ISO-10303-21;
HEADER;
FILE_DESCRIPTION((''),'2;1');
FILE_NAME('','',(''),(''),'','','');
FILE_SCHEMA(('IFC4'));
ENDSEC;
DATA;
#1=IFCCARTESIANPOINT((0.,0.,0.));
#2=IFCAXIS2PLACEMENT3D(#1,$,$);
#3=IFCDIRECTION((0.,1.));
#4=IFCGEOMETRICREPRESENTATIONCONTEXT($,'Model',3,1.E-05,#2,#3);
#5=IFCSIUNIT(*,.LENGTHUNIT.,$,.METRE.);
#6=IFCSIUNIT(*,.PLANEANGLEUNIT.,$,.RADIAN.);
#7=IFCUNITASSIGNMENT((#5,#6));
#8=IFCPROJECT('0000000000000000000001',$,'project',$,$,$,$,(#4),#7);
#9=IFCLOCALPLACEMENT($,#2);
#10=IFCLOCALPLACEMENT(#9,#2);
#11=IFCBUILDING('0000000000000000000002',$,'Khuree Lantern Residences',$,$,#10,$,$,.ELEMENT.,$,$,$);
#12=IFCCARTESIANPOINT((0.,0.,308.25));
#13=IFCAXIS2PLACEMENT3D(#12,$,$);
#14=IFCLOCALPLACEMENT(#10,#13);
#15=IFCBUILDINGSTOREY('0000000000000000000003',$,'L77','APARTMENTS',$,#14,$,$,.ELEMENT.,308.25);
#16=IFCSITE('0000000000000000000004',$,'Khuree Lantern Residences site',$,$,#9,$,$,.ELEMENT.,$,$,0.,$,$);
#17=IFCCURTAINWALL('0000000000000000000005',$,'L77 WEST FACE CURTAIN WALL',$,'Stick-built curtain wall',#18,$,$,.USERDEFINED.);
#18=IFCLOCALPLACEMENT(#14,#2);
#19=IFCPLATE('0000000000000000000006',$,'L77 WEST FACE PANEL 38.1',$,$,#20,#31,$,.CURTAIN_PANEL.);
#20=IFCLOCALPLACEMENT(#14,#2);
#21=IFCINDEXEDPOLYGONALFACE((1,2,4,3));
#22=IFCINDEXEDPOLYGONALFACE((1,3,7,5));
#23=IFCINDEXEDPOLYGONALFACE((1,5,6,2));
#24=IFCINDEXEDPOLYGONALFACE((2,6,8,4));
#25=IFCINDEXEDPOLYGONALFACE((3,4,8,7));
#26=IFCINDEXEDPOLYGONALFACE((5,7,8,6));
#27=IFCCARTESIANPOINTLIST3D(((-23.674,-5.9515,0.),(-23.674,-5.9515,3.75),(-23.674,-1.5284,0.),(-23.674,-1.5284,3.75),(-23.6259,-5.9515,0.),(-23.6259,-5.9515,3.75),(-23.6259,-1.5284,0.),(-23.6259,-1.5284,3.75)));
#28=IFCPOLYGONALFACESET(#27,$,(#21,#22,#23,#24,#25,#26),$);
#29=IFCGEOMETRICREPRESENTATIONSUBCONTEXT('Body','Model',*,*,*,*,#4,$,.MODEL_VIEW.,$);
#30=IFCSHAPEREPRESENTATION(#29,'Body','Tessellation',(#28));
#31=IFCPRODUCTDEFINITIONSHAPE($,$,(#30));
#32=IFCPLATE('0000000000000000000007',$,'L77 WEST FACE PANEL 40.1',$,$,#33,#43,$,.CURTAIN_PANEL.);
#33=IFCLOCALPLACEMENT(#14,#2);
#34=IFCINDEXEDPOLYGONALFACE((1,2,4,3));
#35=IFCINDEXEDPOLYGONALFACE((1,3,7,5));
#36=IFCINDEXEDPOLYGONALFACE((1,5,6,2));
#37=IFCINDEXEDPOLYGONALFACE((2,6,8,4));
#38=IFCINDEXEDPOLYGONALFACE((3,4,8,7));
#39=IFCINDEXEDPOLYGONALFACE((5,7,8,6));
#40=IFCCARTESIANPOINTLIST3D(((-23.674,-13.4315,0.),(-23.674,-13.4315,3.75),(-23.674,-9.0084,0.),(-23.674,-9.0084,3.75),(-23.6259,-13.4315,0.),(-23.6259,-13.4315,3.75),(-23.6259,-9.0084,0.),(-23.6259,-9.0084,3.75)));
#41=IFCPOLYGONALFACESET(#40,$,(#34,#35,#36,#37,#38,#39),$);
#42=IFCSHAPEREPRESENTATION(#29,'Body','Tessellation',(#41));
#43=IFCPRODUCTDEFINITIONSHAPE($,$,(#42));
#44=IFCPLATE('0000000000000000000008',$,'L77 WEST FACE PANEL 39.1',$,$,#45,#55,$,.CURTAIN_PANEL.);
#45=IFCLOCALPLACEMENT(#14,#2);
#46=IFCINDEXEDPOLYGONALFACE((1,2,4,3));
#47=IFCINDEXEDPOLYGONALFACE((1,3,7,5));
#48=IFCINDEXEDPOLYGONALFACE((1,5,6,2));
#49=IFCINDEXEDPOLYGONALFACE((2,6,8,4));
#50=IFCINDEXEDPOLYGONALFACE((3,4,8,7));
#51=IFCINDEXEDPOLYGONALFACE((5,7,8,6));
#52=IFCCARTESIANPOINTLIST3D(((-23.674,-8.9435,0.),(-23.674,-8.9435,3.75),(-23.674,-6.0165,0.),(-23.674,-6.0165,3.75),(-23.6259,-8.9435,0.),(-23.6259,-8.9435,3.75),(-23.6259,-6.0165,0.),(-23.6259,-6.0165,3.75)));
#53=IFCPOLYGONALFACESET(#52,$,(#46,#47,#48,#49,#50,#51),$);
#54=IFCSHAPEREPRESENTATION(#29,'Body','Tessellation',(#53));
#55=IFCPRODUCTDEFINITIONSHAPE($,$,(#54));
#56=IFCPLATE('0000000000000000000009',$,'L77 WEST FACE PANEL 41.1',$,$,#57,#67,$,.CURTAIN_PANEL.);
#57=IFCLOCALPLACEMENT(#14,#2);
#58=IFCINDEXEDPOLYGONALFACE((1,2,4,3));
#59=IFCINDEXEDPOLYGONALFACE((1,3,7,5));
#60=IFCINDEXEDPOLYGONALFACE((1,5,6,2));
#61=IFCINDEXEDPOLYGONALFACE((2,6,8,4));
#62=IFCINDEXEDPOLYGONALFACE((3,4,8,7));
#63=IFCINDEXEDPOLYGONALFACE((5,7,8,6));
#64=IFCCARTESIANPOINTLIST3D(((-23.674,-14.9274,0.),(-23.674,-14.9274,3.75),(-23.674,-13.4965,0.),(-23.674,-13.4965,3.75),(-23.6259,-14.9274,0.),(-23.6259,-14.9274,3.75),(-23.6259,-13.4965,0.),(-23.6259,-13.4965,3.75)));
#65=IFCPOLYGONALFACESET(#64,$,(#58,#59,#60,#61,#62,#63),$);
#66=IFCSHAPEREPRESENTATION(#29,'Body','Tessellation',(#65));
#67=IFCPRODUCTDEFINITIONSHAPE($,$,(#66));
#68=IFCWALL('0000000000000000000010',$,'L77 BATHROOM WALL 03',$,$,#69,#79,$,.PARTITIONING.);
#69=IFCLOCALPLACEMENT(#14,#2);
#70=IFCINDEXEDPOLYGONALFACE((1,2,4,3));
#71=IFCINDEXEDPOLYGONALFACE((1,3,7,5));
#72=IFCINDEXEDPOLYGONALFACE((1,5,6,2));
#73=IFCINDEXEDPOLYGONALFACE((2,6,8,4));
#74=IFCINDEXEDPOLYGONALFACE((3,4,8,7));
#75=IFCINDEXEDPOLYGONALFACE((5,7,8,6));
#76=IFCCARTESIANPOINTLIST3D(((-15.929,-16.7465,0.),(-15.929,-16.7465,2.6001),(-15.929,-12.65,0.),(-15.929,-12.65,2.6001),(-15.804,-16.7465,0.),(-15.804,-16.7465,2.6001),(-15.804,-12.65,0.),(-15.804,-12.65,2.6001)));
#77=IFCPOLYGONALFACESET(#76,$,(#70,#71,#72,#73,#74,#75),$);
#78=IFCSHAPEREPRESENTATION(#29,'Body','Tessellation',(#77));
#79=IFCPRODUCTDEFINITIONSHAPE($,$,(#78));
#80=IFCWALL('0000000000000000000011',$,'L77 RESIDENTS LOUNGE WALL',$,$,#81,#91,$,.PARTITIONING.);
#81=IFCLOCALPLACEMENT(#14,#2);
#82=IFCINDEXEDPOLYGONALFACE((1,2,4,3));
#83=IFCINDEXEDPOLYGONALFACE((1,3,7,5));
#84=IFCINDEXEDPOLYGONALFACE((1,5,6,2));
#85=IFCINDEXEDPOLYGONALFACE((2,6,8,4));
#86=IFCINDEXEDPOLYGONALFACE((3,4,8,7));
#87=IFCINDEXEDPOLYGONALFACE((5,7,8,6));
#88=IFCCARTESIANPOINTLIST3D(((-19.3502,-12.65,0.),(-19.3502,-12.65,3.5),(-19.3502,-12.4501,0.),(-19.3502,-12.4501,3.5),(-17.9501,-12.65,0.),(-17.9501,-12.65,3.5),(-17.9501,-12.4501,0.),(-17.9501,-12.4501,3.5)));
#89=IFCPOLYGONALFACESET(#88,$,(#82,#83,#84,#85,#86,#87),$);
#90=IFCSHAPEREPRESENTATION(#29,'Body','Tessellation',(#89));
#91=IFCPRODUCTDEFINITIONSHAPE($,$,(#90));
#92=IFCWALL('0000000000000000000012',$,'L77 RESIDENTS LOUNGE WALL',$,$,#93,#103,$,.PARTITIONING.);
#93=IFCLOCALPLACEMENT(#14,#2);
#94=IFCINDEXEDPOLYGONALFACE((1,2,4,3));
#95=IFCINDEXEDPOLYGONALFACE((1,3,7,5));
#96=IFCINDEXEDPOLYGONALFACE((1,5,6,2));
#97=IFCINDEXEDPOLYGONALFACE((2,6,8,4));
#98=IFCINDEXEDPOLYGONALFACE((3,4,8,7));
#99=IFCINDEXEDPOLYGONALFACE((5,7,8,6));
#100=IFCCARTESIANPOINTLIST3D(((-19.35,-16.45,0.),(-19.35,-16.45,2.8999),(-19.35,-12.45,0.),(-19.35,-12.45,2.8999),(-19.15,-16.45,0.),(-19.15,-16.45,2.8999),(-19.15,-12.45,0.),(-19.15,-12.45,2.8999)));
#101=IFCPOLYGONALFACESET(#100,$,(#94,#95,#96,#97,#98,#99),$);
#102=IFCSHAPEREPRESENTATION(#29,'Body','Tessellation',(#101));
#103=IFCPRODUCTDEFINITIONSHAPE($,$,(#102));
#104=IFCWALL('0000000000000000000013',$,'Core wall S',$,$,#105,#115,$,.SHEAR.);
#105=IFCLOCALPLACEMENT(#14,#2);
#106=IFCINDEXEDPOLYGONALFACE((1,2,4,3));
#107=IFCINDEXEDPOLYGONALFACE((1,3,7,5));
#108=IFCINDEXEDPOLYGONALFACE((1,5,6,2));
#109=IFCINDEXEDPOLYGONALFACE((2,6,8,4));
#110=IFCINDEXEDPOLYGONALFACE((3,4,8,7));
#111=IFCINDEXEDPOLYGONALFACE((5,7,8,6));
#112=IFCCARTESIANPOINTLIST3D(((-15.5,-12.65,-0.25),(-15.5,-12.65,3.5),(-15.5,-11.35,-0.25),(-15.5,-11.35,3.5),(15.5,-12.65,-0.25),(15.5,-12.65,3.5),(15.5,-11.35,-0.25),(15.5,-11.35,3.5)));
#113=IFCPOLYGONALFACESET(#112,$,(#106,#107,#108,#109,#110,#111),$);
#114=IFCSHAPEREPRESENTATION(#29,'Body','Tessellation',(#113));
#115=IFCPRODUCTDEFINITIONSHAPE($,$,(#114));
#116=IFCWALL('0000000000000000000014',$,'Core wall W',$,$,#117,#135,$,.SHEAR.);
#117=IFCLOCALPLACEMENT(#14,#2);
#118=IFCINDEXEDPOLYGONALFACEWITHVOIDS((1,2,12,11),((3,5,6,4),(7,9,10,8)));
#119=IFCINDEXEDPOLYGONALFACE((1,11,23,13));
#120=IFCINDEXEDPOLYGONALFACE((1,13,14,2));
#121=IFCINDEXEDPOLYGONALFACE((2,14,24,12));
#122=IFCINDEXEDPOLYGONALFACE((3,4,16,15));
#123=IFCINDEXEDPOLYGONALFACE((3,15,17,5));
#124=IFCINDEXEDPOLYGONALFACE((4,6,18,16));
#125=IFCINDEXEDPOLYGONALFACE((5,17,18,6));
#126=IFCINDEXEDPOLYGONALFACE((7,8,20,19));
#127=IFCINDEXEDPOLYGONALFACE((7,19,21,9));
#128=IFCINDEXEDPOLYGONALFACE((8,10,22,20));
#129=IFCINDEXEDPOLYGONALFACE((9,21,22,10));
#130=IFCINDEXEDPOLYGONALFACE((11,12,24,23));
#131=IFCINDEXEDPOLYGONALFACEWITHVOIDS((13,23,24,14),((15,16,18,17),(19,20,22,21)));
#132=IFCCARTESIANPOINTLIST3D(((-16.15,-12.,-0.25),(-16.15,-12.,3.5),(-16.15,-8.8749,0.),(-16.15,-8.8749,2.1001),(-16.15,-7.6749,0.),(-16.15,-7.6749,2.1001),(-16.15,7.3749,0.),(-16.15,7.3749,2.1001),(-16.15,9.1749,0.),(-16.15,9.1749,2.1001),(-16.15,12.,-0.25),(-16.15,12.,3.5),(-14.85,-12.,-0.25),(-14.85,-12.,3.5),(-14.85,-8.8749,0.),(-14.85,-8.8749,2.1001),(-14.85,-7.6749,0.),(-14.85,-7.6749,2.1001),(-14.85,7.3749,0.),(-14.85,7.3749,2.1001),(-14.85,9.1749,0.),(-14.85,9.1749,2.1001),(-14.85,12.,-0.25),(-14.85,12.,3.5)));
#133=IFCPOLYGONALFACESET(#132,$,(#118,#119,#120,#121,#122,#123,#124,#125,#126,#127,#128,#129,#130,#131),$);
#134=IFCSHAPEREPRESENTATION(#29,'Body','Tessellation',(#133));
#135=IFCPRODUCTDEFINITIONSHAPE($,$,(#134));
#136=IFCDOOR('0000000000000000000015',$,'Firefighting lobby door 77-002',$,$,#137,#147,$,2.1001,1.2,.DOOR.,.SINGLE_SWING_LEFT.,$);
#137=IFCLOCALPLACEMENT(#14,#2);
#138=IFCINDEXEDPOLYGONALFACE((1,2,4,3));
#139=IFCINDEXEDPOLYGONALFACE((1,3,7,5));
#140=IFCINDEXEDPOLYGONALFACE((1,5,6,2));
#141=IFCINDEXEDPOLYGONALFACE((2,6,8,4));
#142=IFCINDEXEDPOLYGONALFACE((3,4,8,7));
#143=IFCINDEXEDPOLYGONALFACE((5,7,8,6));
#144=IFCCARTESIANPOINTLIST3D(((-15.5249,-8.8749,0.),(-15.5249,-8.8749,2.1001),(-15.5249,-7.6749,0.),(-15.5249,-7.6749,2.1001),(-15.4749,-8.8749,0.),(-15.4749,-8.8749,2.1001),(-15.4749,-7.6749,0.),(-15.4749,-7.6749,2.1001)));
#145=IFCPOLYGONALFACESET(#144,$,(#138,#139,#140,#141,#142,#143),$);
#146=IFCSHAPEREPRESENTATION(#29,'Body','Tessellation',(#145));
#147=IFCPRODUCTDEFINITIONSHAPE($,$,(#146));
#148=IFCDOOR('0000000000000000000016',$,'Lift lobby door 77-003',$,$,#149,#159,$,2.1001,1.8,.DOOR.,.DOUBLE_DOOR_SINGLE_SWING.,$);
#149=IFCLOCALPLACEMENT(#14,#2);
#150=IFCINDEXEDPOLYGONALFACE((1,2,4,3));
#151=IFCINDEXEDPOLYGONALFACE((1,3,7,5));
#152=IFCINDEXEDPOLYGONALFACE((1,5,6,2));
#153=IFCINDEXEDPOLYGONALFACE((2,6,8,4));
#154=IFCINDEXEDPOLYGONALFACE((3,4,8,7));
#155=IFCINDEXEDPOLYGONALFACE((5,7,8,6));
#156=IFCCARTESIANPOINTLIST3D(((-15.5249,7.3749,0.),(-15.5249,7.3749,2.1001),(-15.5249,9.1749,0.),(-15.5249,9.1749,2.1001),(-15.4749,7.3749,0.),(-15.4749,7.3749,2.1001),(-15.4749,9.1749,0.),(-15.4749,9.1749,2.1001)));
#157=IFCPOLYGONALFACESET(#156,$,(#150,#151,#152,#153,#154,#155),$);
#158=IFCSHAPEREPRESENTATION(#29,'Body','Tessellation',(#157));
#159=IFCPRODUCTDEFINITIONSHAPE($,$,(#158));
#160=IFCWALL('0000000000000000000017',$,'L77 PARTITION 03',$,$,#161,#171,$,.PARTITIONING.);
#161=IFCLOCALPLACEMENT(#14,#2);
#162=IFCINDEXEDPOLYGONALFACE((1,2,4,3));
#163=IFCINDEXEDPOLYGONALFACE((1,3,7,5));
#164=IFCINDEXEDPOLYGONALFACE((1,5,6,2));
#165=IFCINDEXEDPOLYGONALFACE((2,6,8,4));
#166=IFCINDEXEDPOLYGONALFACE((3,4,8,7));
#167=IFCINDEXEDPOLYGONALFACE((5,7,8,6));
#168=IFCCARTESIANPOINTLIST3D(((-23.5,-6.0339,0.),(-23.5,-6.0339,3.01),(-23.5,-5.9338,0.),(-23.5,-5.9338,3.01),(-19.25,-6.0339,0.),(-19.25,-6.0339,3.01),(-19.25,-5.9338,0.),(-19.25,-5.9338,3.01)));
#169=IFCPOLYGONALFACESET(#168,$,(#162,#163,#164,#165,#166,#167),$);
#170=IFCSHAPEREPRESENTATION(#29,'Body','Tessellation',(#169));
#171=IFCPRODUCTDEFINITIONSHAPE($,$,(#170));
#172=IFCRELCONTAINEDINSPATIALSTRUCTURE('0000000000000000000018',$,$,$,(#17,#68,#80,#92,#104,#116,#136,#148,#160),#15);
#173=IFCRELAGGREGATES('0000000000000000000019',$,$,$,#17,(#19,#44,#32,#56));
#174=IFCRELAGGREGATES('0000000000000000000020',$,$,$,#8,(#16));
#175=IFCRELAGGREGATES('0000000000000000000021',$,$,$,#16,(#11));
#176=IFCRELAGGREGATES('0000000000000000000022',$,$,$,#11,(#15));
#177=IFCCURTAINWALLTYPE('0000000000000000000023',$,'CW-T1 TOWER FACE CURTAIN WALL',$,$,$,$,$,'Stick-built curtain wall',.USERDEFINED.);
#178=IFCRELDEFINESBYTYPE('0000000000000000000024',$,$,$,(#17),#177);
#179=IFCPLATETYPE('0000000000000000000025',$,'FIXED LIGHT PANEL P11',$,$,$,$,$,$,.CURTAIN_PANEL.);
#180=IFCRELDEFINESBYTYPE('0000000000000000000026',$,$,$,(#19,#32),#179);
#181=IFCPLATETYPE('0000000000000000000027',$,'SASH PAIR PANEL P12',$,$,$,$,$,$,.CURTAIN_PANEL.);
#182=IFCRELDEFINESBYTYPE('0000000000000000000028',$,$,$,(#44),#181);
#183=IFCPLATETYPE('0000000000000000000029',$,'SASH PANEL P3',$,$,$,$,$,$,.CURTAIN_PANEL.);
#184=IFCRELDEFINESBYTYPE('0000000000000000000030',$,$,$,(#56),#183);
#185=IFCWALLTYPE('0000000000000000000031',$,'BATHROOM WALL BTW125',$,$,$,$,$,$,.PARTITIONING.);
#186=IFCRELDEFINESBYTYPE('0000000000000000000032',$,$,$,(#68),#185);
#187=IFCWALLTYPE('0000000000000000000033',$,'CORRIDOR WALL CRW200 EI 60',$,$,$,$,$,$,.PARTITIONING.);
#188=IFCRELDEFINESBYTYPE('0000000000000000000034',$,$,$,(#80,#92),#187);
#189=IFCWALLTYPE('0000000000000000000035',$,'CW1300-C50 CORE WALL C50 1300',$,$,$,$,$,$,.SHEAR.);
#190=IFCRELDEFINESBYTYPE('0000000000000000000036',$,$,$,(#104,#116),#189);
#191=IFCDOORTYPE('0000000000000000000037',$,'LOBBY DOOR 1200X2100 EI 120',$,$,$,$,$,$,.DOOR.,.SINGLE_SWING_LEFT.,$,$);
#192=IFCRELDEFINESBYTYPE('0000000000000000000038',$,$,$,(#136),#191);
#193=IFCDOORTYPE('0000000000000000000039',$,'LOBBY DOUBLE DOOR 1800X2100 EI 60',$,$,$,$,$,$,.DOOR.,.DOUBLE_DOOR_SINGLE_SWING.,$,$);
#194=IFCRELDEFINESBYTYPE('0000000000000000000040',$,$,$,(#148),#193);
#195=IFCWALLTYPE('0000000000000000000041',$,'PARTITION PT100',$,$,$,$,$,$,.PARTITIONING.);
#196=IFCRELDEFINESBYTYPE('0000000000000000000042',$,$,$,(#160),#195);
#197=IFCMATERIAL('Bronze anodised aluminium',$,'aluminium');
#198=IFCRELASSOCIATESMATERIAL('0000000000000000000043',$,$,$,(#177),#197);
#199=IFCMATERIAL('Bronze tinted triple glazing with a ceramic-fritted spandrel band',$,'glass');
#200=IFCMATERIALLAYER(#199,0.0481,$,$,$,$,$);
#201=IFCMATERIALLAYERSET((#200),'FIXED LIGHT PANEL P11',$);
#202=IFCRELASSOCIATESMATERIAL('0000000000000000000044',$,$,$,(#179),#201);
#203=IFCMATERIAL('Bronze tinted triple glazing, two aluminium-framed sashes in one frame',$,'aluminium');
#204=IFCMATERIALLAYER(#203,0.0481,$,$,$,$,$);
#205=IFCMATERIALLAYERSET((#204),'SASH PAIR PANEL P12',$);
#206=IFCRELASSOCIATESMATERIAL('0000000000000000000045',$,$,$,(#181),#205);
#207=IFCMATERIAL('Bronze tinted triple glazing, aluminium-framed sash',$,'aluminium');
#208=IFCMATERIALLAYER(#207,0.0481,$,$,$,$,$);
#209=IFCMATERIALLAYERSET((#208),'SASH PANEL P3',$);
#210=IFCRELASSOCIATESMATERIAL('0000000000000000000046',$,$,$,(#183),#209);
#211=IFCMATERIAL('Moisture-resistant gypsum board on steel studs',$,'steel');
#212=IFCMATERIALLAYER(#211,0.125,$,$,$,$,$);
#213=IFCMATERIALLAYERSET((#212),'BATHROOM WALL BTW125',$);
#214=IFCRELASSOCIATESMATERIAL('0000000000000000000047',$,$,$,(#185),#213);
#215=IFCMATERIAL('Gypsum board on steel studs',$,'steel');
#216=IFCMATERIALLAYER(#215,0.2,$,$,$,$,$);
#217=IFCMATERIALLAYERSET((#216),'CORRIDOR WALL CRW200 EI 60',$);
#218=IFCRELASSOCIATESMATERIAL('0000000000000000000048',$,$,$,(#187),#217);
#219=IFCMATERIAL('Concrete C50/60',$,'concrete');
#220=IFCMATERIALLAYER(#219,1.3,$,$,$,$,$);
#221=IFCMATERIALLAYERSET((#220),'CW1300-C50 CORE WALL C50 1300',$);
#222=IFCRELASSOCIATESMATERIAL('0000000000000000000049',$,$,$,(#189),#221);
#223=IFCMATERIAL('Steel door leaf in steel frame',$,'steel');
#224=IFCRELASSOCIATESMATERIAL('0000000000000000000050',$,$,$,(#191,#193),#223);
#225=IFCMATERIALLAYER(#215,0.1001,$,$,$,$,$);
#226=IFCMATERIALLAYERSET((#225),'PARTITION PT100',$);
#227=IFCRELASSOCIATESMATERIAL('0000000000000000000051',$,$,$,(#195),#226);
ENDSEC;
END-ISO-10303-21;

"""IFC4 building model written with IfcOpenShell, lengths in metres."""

from ifc_helpers import new_model, si_unit, direction, frame, frame_2d, origin, origin_2d, place, context, subcontext, project, spatial, rectangle, extrude, material, layer, layer_set, type_object, element, fill, aggregate, save


model = new_model("IFC4")

# Units and contexts
model_context = context("Model", 3, precision=1e-05, world=origin(), true_north=direction((0.0, 1.0)))
body_context = subcontext(model_context, "Body", "Model", "MODEL_VIEW")
ifc_project = project(units=[si_unit("LENGTHUNIT", "METRE"), si_unit("PLANEANGLEUNIT", "RADIAN")], contexts=[model_context])

# Site, building, storey
site_placement = place(None, origin())
site = spatial("IfcSite", under=ifc_project, at=site_placement, Name="Khuree Lantern Residences site", CompositionType="ELEMENT", RefElevation=0.0)
building_placement = place(site_placement, origin())
building = spatial("IfcBuilding", under=site, at=building_placement, Name="Khuree Lantern Residences", CompositionType="ELEMENT")
storey_placement = place(building_placement, frame((0.0, 0.0, 308.25)))
storey = spatial("IfcBuildingStorey", under=building, at=storey_placement, Name="L77", Description="APARTMENTS", CompositionType="ELEMENT", Elevation=308.25)

# Shared definitions
ifc_material_1 = material(Name="Concrete C50/60", Category="concrete")

# Curtain wall
ifc_material_2 = material(Name="Bronze anodised aluminium", Category="aluminium")
curtain_wall_type = type_object("IfcCurtainWallType", Name="CW-T1 TOWER FACE CURTAIN WALL", ElementType="Stick-built curtain wall", PredefinedType="USERDEFINED", material=ifc_material_2)
curtain_wall_placement = place(storey_placement, origin())
curtain_wall = element("IfcCurtainWall", 1, at=curtain_wall_placement, inside=storey, type_object=curtain_wall_type, Name="L77 WEST FACE CURTAIN WALL", ObjectType="Stick-built curtain wall", PredefinedType="USERDEFINED")

# Plates
ifc_material_3 = material(Name="Bronze tinted triple glazing with a ceramic-fritted spandrel band", Category="glass")
ifc_layer_1 = layer(ifc_material_3, 0.0481)
ifc_layer_set_1 = layer_set([ifc_layer_1], Name="FIXED LIGHT PANEL P11")
plate_type_1 = type_object("IfcPlateType", Name="FIXED LIGHT PANEL P11", PredefinedType="CURTAIN_PANEL", material=ifc_layer_set_1)
plate_1_placement = place(storey_placement, frame((-23.6499, -3.74, 0.0), z_axis=(0.0, 0.0, 1.0), x_axis=(0.0, -1.0, 0.0)))
plate_1 = element("IfcPlate", 2, at=plate_1_placement, type_object=plate_type_1, Name="L77 WEST FACE PANEL 38.1", PredefinedType="CURTAIN_PANEL", context=body_context, shape_type="SweptSolid", body=[
    extrude(rectangle(XDim=4.4231, YDim=0.0481, at=origin_2d()), origin(), (0.0, 0.0, 1.0), 3.75),
])
plate_2_placement = place(storey_placement, frame((-23.6499, -11.22, 0.0), z_axis=(0.0, 0.0, 1.0), x_axis=(0.0, -1.0, 0.0)))
plate_2 = element("IfcPlate", 3, at=plate_2_placement, type_object=plate_type_1, Name="L77 WEST FACE PANEL 40.1", PredefinedType="CURTAIN_PANEL", context=body_context, shape_type="SweptSolid", body=[
    extrude(rectangle(XDim=4.4231, YDim=0.0481, at=origin_2d()), origin(), (0.0, 0.0, 1.0), 3.75),
])
ifc_material_4 = material(Name="Bronze tinted triple glazing, two aluminium-framed sashes in one frame", Category="aluminium")
ifc_layer_2 = layer(ifc_material_4, 0.0481)
ifc_layer_set_2 = layer_set([ifc_layer_2], Name="SASH PAIR PANEL P12")
plate_type_2 = type_object("IfcPlateType", Name="SASH PAIR PANEL P12", PredefinedType="CURTAIN_PANEL", material=ifc_layer_set_2)
plate_3_placement = place(storey_placement, frame((-23.6499, -7.48, 0.0), z_axis=(0.0, 0.0, 1.0), x_axis=(0.0, -1.0, 0.0)))
plate_3 = element("IfcPlate", 4, at=plate_3_placement, type_object=plate_type_2, Name="L77 WEST FACE PANEL 39.1", PredefinedType="CURTAIN_PANEL", context=body_context, shape_type="SweptSolid", body=[
    extrude(rectangle(XDim=2.927, YDim=0.0481, at=origin_2d()), origin(), (0.0, 0.0, 1.0), 3.75),
])
ifc_material_5 = material(Name="Bronze tinted triple glazing, aluminium-framed sash", Category="aluminium")
ifc_layer_3 = layer(ifc_material_5, 0.0481)
ifc_layer_set_3 = layer_set([ifc_layer_3], Name="SASH PANEL P3")
plate_type_3 = type_object("IfcPlateType", Name="SASH PANEL P3", PredefinedType="CURTAIN_PANEL", material=ifc_layer_set_3)
plate_4_placement = place(storey_placement, frame((-23.6499, -14.2119, 0.0), z_axis=(0.0, 0.0, 1.0), x_axis=(0.0, -1.0, 0.0)))
plate_4 = element("IfcPlate", 5, at=plate_4_placement, type_object=plate_type_3, Name="L77 WEST FACE PANEL 41.1", PredefinedType="CURTAIN_PANEL", context=body_context, shape_type="SweptSolid", body=[
    extrude(rectangle(XDim=1.4309, YDim=0.0481, at=origin_2d()), origin(), (0.0, 0.0, 1.0), 3.75),
])
aggregate(curtain_wall, [plate_1, plate_3, plate_2, plate_4])

# Walls
ifc_material_6 = material(Name="Moisture-resistant gypsum board on steel studs", Category="steel")
ifc_layer_4 = layer(ifc_material_6, 0.125)
ifc_layer_set_4 = layer_set([ifc_layer_4], Name="BATHROOM WALL BTW125")
wall_type_1 = type_object("IfcWallType", Name="BATHROOM WALL BTW125", PredefinedType="PARTITIONING", material=ifc_layer_set_4)
wall_1_placement = place(storey_placement, frame((-15.8665, -12.6499, 0.0), z_axis=(0.0, 0.0, 1.0), x_axis=(0.0, -1.0, 0.0)))
element("IfcWall", 6, at=wall_1_placement, inside=storey, type_object=wall_type_1, Name="L77 BATHROOM WALL 03", PredefinedType="PARTITIONING", context=body_context, shape_type="SweptSolid", body=[
    extrude(rectangle(XDim=4.0964, YDim=0.125, at=frame_2d((2.0483, 0.0))), origin(), (0.0, 0.0, 1.0), 2.6001),
])
ifc_material_7 = material(Name="Gypsum board on steel studs", Category="steel")
ifc_layer_5 = layer(ifc_material_7, 0.2)
ifc_layer_set_5 = layer_set([ifc_layer_5], Name="CORRIDOR WALL CRW200 EI 60")
wall_type_2 = type_object("IfcWallType", Name="CORRIDOR WALL CRW200 EI 60", PredefinedType="PARTITIONING", material=ifc_layer_set_5)
wall_2_placement = place(storey_placement, frame((-17.95, -12.55, 0.0), z_axis=(0.0, 0.0, 1.0), x_axis=(-1.0, 0.0, 0.0)))
element("IfcWall", 7, at=wall_2_placement, inside=storey, type_object=wall_type_2, Name="L77 RESIDENTS LOUNGE WALL", PredefinedType="PARTITIONING", context=body_context, shape_type="SweptSolid", body=[
    extrude(rectangle(XDim=1.4001, YDim=0.2, at=frame_2d((0.7002, 0.0))), origin(), (0.0, 0.0, 1.0), 3.5),
])
wall_3_placement = place(storey_placement, frame((-19.25, -12.45, 0.0), z_axis=(0.0, 0.0, 1.0), x_axis=(0.0, -1.0, 0.0)))
element("IfcWall", 8, at=wall_3_placement, inside=storey, type_object=wall_type_2, Name="L77 RESIDENTS LOUNGE WALL", PredefinedType="PARTITIONING", context=body_context, shape_type="SweptSolid", body=[
    extrude(rectangle(XDim=4.0, YDim=0.2, at=frame_2d((2.0, 0.0))), origin(), (0.0, 0.0, 1.0), 2.8999),
])
ifc_layer_6 = layer(ifc_material_1, 1.3)
ifc_layer_set_6 = layer_set([ifc_layer_6], Name="CW1300-C50 CORE WALL C50 1300")
wall_type_3 = type_object("IfcWallType", Name="CW1300-C50 CORE WALL C50 1300", PredefinedType="SHEAR", material=ifc_layer_set_6)
wall_4_placement = place(storey_placement, frame((-15.5, -12.0, -0.25), z_axis=(0.0, 0.0, 1.0), x_axis=(1.0, 0.0, 0.0)))
element("IfcWall", 9, at=wall_4_placement, inside=storey, type_object=wall_type_3, Name="Core wall S", PredefinedType="SHEAR", context=body_context, shape_type="SweptSolid", body=[
    extrude(rectangle(XDim=31.0, YDim=1.3, at=frame_2d((15.5, 0.0))), origin(), (0.0, 0.0, 1.0), 3.75),
])

# Wall, openings, doors
wall_5_placement = place(storey_placement, frame((-15.5, -12.0, -0.25), z_axis=(0.0, 0.0, 1.0), x_axis=(0.0, 1.0, 0.0)))
wall_5 = element("IfcWall", 10, at=wall_5_placement, inside=storey, type_object=wall_type_3, Name="Core wall W", PredefinedType="SHEAR", context=body_context, shape_type="SweptSolid", body=[
    extrude(rectangle(XDim=24.0, YDim=1.3, at=frame_2d((12.0, 0.0))), origin(), (0.0, 0.0, 1.0), 3.75),
])
opening_1_placement = place(wall_5_placement, frame((3.125, 0.0, 0.25)))
opening_1 = element("IfcOpeningElement", 11, at=opening_1_placement, cuts=wall_5, PredefinedType="OPENING", context=body_context, shape_type="SweptSolid", body=[
    extrude(rectangle(XDim=1.2, YDim=2.1001, at=frame_2d((0.6001, 1.05))), frame((0.0, 0.6602, 0.0), z_axis=(0.0, -1.0, 0.0), x_axis=(1.0, 0.0, 0.0)), (0.0, 0.0, 1.0), 1.3201),
])
opening_2_placement = place(wall_5_placement, frame((19.375, 0.0, 0.25)))
opening_2 = element("IfcOpeningElement", 12, at=opening_2_placement, cuts=wall_5, PredefinedType="OPENING", context=body_context, shape_type="SweptSolid", body=[
    extrude(rectangle(XDim=1.8, YDim=2.1001, at=frame_2d((0.8999, 1.05))), frame((0.0, 0.6602, 0.0), z_axis=(0.0, -1.0, 0.0), x_axis=(1.0, 0.0, 0.0)), (0.0, 0.0, 1.0), 1.3201),
])
ifc_material_8 = material(Name="Steel door leaf in steel frame", Category="steel")
door_type_1 = type_object("IfcDoorType", Name="LOBBY DOOR 1200X2100 EI 120", OperationType="SINGLE_SWING_LEFT", PredefinedType="DOOR", material=ifc_material_8)
door_1_placement = place(opening_1_placement, origin())
door_1 = element("IfcDoor", 13, at=door_1_placement, inside=storey, type_object=door_type_1, Name="Firefighting lobby door 77-002", OperationType="SINGLE_SWING_LEFT", OverallHeight=2.1001, OverallWidth=1.2, PredefinedType="DOOR", context=body_context, shape_type="SweptSolid", body=[
    extrude(rectangle(XDim=1.2, YDim=2.1001, at=frame_2d((0.6001, 1.05))), frame((0.0, 0.0249, 0.0), z_axis=(0.0, -1.0, 0.0), x_axis=(1.0, 0.0, 0.0)), (0.0, 0.0, 1.0), 0.05),
])
fill(opening_1, door_1)
door_type_2 = type_object("IfcDoorType", Name="LOBBY DOUBLE DOOR 1800X2100 EI 60", OperationType="DOUBLE_DOOR_SINGLE_SWING", PredefinedType="DOOR", material=ifc_material_8)
door_2_placement = place(opening_2_placement, origin())
door_2 = element("IfcDoor", 14, at=door_2_placement, inside=storey, type_object=door_type_2, Name="Lift lobby door 77-003", OperationType="DOUBLE_DOOR_SINGLE_SWING", OverallHeight=2.1001, OverallWidth=1.8, PredefinedType="DOOR", context=body_context, shape_type="SweptSolid", body=[
    extrude(rectangle(XDim=1.8, YDim=2.1001, at=frame_2d((0.8999, 1.05))), frame((0.0, 0.0249, 0.0), z_axis=(0.0, -1.0, 0.0), x_axis=(1.0, 0.0, 0.0)), (0.0, 0.0, 1.0), 0.05),
])
fill(opening_2, door_2)

# Wall
ifc_layer_7 = layer(ifc_material_7, 0.1001)
ifc_layer_set_7 = layer_set([ifc_layer_7], Name="PARTITION PT100")
wall_type_4 = type_object("IfcWallType", Name="PARTITION PT100", PredefinedType="PARTITIONING", material=ifc_layer_set_7)
wall_6_placement = place(storey_placement, frame((-19.25, -5.9839, 0.0), z_axis=(0.0, 0.0, 1.0), x_axis=(-1.0, 0.0, 0.0)))
element("IfcWall", 15, at=wall_6_placement, inside=storey, type_object=wall_type_4, Name="L77 PARTITION 03", PredefinedType="PARTITIONING", context=body_context, shape_type="SweptSolid", body=[
    extrude(rectangle(XDim=4.25, YDim=0.1001, at=frame_2d((2.125, 0.0))), origin(), (0.0, 0.0, 1.0), 3.01),
])

save(model, "model.ifc")
